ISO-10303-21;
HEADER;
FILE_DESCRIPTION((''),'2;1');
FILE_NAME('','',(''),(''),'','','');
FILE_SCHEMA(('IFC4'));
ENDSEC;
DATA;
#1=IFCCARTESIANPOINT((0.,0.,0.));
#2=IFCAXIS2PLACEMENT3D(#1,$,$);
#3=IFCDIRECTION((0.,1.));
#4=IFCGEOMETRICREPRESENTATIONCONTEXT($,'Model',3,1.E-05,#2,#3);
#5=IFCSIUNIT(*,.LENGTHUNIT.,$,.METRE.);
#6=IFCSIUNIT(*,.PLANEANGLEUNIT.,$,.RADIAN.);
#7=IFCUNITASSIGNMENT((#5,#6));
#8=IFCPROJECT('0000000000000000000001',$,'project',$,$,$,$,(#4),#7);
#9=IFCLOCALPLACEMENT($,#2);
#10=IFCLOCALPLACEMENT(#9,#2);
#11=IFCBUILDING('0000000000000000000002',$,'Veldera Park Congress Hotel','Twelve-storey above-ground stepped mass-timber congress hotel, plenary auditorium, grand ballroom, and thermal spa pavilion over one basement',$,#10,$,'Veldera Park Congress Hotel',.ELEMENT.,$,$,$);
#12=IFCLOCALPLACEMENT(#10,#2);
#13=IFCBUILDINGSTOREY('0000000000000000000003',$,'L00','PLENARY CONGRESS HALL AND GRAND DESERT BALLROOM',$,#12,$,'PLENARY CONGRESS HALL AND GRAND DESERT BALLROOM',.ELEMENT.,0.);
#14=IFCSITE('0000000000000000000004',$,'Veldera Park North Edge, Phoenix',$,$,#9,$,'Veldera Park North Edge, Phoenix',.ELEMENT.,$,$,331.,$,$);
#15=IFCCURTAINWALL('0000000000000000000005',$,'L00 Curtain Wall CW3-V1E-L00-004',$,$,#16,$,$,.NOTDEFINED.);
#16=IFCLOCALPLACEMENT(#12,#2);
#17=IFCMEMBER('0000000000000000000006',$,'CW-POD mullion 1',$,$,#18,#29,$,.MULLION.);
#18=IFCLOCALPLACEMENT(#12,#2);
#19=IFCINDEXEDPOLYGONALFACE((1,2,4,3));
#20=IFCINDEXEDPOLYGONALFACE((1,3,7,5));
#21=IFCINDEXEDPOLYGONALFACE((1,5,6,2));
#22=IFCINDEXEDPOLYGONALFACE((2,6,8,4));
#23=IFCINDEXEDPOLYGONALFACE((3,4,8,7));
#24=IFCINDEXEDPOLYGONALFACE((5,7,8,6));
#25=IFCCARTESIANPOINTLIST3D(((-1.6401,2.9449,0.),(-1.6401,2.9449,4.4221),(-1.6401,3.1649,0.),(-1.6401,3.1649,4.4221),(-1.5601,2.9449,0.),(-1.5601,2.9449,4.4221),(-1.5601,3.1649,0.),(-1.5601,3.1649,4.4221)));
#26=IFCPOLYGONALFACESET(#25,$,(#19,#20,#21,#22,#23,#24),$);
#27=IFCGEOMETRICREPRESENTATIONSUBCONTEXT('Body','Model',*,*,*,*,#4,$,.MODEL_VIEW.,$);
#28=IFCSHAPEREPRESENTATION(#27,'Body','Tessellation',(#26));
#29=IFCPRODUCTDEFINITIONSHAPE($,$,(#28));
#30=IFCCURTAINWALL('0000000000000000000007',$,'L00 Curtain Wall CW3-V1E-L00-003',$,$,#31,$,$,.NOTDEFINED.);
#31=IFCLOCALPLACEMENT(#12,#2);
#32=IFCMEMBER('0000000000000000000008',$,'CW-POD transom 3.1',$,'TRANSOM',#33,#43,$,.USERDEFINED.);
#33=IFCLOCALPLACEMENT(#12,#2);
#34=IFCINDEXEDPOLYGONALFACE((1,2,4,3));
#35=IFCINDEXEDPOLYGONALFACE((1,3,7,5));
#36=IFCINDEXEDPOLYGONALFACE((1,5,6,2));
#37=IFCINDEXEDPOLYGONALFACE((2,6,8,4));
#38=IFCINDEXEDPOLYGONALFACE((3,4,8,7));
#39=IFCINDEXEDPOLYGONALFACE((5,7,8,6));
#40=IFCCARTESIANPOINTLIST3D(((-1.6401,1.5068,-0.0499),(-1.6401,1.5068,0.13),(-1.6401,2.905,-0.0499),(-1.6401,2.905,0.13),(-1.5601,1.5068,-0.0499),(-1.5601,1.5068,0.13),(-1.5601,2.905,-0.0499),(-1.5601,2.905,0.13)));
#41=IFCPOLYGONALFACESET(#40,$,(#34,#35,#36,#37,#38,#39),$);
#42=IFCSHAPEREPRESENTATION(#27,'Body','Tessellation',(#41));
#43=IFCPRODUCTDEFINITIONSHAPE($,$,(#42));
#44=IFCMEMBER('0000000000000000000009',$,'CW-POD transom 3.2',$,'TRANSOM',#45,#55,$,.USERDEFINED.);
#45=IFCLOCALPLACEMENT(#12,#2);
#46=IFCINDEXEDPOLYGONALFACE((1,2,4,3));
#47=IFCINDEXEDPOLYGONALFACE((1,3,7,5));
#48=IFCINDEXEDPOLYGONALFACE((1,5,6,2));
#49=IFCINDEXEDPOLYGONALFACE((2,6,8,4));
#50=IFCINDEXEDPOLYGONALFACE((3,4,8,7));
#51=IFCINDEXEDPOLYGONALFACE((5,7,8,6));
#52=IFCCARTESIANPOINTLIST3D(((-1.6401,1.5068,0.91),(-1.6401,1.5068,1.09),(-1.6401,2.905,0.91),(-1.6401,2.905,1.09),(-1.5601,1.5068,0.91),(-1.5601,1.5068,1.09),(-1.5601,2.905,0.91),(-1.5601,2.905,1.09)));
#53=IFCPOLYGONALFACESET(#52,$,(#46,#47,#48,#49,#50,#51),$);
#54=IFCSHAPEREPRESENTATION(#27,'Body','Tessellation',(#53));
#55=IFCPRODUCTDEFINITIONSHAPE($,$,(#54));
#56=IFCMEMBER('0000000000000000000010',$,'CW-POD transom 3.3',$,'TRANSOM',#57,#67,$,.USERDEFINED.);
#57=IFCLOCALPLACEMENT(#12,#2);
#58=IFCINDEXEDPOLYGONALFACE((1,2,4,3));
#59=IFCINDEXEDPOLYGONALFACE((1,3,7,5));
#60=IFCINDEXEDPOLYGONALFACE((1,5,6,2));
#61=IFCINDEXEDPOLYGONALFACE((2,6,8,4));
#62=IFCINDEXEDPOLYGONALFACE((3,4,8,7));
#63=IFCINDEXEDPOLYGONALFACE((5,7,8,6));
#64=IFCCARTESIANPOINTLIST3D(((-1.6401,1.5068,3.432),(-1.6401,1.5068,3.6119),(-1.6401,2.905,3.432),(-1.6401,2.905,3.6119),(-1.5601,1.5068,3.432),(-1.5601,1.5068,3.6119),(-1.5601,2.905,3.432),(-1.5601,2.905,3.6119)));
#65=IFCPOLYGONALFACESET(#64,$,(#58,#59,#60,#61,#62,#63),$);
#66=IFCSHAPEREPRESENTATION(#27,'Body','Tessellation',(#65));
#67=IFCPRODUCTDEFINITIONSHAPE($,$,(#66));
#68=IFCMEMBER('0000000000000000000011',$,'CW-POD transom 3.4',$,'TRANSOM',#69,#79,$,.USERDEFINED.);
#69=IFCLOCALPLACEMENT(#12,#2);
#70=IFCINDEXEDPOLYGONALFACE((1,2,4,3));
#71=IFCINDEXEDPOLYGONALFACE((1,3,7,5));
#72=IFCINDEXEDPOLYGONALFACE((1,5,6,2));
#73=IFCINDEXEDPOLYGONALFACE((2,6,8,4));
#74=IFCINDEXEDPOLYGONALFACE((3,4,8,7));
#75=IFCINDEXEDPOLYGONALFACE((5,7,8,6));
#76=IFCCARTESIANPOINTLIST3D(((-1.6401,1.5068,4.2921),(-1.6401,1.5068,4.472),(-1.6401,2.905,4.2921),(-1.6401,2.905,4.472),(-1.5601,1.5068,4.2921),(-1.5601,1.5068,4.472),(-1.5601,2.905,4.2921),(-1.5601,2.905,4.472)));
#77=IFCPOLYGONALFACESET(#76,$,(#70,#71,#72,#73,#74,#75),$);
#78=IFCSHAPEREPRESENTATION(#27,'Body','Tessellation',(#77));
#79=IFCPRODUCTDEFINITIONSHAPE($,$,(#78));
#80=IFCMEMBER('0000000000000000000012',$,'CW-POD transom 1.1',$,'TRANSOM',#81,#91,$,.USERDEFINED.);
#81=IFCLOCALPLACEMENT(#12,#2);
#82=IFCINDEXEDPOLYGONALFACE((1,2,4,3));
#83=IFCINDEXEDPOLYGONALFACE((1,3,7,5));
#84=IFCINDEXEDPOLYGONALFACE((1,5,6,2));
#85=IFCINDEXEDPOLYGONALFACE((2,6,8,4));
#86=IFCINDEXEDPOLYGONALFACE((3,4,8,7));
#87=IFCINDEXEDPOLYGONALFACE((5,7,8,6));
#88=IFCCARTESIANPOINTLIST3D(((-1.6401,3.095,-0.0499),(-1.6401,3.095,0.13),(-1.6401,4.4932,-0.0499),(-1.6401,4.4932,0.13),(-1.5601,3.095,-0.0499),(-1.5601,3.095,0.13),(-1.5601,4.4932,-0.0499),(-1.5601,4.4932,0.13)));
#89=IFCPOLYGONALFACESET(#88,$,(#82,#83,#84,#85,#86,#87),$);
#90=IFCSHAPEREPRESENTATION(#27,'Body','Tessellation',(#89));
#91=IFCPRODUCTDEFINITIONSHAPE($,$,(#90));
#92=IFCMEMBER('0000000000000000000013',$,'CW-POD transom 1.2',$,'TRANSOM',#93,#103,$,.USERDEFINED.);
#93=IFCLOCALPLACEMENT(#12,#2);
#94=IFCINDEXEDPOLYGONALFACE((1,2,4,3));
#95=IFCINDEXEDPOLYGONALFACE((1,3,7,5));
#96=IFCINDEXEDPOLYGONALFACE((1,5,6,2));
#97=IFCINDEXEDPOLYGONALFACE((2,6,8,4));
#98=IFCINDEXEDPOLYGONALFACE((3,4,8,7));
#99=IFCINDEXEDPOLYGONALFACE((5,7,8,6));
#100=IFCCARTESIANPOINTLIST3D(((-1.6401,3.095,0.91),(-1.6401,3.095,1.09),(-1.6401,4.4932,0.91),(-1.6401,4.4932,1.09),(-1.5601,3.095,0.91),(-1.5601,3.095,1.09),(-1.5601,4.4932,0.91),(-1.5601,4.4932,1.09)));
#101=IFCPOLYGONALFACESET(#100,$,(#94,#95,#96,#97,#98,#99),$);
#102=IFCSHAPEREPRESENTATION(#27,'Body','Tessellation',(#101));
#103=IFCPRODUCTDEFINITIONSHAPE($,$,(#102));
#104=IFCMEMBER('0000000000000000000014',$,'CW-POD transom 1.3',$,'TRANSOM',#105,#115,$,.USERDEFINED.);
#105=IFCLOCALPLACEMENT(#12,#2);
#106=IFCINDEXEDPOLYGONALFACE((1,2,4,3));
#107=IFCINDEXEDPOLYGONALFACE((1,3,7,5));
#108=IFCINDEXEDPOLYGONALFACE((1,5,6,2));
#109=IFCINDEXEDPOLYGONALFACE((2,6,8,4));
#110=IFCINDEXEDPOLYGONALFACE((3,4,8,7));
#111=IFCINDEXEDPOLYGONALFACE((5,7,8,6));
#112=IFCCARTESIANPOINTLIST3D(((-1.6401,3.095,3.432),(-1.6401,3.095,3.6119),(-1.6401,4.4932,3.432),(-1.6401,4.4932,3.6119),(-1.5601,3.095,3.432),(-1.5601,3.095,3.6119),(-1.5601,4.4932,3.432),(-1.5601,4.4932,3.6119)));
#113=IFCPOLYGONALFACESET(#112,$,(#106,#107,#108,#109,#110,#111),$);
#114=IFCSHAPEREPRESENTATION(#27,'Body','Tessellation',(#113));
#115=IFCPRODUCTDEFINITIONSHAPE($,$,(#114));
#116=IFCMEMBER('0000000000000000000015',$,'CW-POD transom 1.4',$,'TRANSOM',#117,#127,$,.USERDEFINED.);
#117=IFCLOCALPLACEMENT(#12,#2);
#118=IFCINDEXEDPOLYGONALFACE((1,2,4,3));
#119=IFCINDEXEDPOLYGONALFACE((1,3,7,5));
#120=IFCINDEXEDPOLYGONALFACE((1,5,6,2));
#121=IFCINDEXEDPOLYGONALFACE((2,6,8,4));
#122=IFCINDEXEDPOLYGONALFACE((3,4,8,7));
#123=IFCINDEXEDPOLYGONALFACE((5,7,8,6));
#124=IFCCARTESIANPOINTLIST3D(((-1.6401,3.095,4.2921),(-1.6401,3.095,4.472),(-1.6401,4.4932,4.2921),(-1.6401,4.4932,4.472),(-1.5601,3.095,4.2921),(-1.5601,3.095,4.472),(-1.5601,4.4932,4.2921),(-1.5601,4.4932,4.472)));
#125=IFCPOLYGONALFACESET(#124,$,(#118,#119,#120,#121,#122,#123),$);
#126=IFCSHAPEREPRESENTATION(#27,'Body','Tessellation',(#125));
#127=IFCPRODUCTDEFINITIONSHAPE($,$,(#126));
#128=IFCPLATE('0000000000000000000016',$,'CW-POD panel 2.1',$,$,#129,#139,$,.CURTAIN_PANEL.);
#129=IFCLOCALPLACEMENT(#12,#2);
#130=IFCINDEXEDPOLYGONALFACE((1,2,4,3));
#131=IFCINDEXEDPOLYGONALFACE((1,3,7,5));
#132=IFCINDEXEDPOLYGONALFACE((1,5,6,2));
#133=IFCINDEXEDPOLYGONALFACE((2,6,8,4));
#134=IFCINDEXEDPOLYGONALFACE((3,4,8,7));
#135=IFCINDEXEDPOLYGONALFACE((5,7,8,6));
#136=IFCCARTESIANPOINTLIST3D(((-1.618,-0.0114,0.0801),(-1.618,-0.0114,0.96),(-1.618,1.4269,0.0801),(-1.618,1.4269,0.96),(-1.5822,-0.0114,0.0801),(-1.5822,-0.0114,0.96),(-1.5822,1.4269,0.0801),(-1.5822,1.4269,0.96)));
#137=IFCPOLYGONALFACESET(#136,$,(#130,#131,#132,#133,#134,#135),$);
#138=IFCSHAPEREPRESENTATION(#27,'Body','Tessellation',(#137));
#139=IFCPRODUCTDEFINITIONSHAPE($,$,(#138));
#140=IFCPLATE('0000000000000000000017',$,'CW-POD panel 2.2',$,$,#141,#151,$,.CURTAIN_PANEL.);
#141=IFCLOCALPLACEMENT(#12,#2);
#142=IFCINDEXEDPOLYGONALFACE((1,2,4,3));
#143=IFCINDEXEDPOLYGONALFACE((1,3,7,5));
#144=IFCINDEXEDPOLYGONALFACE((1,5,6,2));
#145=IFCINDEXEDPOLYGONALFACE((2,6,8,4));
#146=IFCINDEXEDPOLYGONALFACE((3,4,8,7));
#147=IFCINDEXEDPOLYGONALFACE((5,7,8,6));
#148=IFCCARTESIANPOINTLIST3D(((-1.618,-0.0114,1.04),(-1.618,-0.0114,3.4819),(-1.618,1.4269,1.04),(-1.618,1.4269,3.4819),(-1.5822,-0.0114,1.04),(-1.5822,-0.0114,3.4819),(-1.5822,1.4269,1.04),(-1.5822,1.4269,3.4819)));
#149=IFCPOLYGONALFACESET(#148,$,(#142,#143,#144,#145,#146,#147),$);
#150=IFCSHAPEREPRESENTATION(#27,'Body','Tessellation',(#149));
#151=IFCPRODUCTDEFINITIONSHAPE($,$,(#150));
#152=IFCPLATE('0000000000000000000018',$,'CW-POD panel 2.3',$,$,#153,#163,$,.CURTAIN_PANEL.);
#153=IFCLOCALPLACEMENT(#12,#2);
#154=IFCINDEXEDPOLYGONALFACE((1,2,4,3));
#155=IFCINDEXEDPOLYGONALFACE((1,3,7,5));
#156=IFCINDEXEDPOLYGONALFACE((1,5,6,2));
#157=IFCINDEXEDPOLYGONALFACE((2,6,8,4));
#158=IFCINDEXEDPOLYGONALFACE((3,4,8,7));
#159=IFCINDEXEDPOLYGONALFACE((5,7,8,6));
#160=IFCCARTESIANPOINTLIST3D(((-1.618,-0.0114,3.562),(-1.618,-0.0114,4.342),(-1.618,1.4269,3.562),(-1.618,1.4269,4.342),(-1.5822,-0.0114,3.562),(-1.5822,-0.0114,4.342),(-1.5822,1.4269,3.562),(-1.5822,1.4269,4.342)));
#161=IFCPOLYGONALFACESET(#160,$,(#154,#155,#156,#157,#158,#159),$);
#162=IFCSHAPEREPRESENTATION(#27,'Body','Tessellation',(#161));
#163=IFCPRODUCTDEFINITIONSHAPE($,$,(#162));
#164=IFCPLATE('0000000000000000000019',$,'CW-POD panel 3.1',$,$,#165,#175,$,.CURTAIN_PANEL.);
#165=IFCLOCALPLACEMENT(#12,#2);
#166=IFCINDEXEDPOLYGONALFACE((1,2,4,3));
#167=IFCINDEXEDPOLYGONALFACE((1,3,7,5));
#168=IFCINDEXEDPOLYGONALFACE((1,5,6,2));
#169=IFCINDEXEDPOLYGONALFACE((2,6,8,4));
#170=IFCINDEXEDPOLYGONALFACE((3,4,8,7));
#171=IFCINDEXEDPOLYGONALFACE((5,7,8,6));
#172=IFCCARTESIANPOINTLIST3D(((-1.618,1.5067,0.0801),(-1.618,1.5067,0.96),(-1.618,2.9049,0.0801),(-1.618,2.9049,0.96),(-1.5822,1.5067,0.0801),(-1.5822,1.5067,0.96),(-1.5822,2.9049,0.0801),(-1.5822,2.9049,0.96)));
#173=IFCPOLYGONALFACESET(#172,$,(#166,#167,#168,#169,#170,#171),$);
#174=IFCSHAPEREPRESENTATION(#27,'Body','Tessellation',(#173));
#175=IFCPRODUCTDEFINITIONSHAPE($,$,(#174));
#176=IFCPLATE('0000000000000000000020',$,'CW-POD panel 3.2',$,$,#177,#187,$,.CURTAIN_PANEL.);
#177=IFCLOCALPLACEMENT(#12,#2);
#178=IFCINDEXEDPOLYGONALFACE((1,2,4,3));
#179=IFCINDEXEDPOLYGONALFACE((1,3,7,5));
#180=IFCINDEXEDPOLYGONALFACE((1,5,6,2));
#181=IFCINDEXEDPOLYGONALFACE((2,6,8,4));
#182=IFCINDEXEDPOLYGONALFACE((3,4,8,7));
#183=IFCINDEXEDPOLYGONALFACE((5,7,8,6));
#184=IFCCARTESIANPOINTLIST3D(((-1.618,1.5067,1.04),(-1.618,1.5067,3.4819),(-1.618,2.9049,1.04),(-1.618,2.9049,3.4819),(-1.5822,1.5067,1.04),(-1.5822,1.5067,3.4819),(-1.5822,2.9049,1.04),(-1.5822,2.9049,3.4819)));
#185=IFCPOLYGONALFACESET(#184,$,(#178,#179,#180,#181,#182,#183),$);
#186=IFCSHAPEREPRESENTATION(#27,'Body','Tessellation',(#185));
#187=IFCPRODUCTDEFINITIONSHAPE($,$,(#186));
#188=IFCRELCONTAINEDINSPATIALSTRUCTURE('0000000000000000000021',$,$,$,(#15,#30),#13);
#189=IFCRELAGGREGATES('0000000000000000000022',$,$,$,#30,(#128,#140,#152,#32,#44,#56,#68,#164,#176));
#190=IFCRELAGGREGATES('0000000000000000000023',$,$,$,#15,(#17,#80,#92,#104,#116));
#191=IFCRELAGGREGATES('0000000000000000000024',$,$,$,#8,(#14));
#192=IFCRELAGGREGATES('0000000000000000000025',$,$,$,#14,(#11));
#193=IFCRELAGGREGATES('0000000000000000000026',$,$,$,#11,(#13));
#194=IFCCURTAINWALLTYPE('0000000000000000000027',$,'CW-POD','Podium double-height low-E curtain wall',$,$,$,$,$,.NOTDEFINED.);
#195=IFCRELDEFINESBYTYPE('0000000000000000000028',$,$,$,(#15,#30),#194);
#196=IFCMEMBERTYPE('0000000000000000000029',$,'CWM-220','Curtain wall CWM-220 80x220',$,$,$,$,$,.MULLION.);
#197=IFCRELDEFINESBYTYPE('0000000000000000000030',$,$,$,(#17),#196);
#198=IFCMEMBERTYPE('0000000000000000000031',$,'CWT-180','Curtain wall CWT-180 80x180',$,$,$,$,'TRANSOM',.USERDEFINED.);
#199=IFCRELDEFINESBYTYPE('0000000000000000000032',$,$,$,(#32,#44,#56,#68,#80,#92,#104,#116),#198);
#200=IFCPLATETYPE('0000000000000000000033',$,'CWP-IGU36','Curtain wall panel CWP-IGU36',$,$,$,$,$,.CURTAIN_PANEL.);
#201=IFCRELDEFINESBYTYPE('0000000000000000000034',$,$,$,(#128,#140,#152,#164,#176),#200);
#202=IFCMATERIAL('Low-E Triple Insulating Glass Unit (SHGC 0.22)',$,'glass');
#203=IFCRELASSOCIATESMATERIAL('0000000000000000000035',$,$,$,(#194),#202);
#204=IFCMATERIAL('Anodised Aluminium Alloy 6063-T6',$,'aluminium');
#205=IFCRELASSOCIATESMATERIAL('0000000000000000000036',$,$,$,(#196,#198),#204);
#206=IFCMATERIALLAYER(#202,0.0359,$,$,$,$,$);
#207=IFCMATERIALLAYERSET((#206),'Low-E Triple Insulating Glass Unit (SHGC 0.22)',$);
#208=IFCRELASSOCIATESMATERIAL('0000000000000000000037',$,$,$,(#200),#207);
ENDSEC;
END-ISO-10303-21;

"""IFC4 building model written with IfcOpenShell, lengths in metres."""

from ifc_helpers import new_model, si_unit, direction, frame, origin, origin_2d, place, context, subcontext, project, spatial, rectangle, extrude, material, layer, layer_set, material_profile, profile_set, type_object, element, aggregate, save


model = new_model("IFC4")

# Units and contexts
model_context = context("Model", 3, precision=1e-05, world=origin(), true_north=direction((0.0, 1.0)))
body_context = subcontext(model_context, "Body", "Model", "MODEL_VIEW")
ifc_project = project(units=[si_unit("LENGTHUNIT", "METRE"), si_unit("PLANEANGLEUNIT", "RADIAN")], contexts=[model_context])

# Site, building, storey
site_placement = place(None, origin())
site = spatial("IfcSite", under=ifc_project, at=site_placement, Name="Veldera Park North Edge, Phoenix", LongName="Veldera Park North Edge, Phoenix", CompositionType="ELEMENT", RefElevation=331.0)
building_placement = place(site_placement, origin())
building = spatial("IfcBuilding", under=site, at=building_placement, Name="Veldera Park Congress Hotel", Description="Twelve-storey above-ground stepped mass-timber congress hotel, plenary auditorium, grand ballroom, and thermal spa pavilion over one basement", LongName="Veldera Park Congress Hotel", CompositionType="ELEMENT")
storey_placement = place(building_placement, origin())
storey = spatial("IfcBuildingStorey", under=building, at=storey_placement, Name="L00", Description="PLENARY CONGRESS HALL AND GRAND DESERT BALLROOM", LongName="PLENARY CONGRESS HALL AND GRAND DESERT BALLROOM", CompositionType="ELEMENT", Elevation=0.0)

# Curtain wall, member
ifc_material_1 = material(Name="Low-E Triple Insulating Glass Unit (SHGC 0.22)", Category="glass")
curtain_wall_type = type_object("IfcCurtainWallType", Name="CW-POD", Description="Podium double-height low-E curtain wall", PredefinedType="NOTDEFINED", material=ifc_material_1)
curtain_wall_1_placement = place(storey_placement, origin())
curtain_wall_1 = element("IfcCurtainWall", 1, at=curtain_wall_1_placement, inside=storey, type_object=curtain_wall_type, Name="L00 Curtain Wall CW3-V1E-L00-004", PredefinedType="NOTDEFINED")
ifc_material_2 = material(Name="Anodised Aluminium Alloy 6063-T6", Category="aluminium")
ifc_material_profile_1 = material_profile(ifc_material_2, rectangle(XDim=0.0801, YDim=0.22, at=origin_2d()), Name="ALU 80x220")
ifc_profile_set_1 = profile_set([ifc_material_profile_1], Name="Anodised Aluminium Alloy 6063-T6")
member_type_1 = type_object("IfcMemberType", Name="CWM-220", Description="Curtain wall CWM-220 80x220", PredefinedType="MULLION", material=ifc_profile_set_1)
member_1_placement = place(storey_placement, frame((-1.6001, 3.0549, 0.0), z_axis=(0.0, 0.0, 1.0), x_axis=(-1.0, 0.0, 0.0)))
member_1 = element("IfcMember", 2, at=member_1_placement, type_object=member_type_1, Name="CW-POD mullion 1", PredefinedType="MULLION", context=body_context, shape_type="SweptSolid", body=[
    extrude(rectangle(XDim=0.0801, YDim=0.22, at=origin_2d()), origin(), (0.0, 0.0, 1.0), 4.4221),
])

# Curtain wall, members
curtain_wall_2_placement = place(storey_placement, origin())
curtain_wall_2 = element("IfcCurtainWall", 3, at=curtain_wall_2_placement, inside=storey, type_object=curtain_wall_type, Name="L00 Curtain Wall CW3-V1E-L00-003", PredefinedType="NOTDEFINED")
ifc_material_profile_2 = material_profile(ifc_material_2, rectangle(XDim=0.0801, YDim=0.1799, at=origin_2d()), Name="ALU 80x180")
ifc_profile_set_2 = profile_set([ifc_material_profile_2], Name="Anodised Aluminium Alloy 6063-T6")
member_type_2 = type_object("IfcMemberType", Name="CWT-180", Description="Curtain wall CWT-180 80x180", ElementType="TRANSOM", PredefinedType="USERDEFINED", material=ifc_profile_set_2)
member_2_placement = place(storey_placement, frame((-1.6001, 1.5068, 0.04), z_axis=(0.0, 1.0, 0.0), x_axis=(-1.0, 0.0, 0.0)))
member_2 = element("IfcMember", 4, at=member_2_placement, type_object=member_type_2, Name="CW-POD transom 3.1", ObjectType="TRANSOM", PredefinedType="USERDEFINED", context=body_context, shape_type="SweptSolid", body=[
    extrude(rectangle(XDim=0.0801, YDim=0.1799, at=origin_2d()), origin(), (0.0, 0.0, 1.0), 1.3982),
])
member_3_placement = place(storey_placement, frame((-1.6001, 1.5068, 1.0), z_axis=(0.0, 1.0, 0.0), x_axis=(-1.0, 0.0, 0.0)))
member_3 = element("IfcMember", 5, at=member_3_placement, type_object=member_type_2, Name="CW-POD transom 3.2", ObjectType="TRANSOM", PredefinedType="USERDEFINED", context=body_context, shape_type="SweptSolid", body=[
    extrude(rectangle(XDim=0.0801, YDim=0.1799, at=origin_2d()), origin(), (0.0, 0.0, 1.0), 1.3982),
])
member_4_placement = place(storey_placement, frame((-1.6001, 1.5068, 3.522), z_axis=(0.0, 1.0, 0.0), x_axis=(-1.0, 0.0, 0.0)))
member_4 = element("IfcMember", 6, at=member_4_placement, type_object=member_type_2, Name="CW-POD transom 3.3", ObjectType="TRANSOM", PredefinedType="USERDEFINED", context=body_context, shape_type="SweptSolid", body=[
    extrude(rectangle(XDim=0.0801, YDim=0.1799, at=origin_2d()), origin(), (0.0, 0.0, 1.0), 1.3982),
])
member_5_placement = place(storey_placement, frame((-1.6001, 1.5068, 4.3821), z_axis=(0.0, 1.0, 0.0), x_axis=(-1.0, 0.0, 0.0)))
member_5 = element("IfcMember", 7, at=member_5_placement, type_object=member_type_2, Name="CW-POD transom 3.4", ObjectType="TRANSOM", PredefinedType="USERDEFINED", context=body_context, shape_type="SweptSolid", body=[
    extrude(rectangle(XDim=0.0801, YDim=0.1799, at=origin_2d()), origin(), (0.0, 0.0, 1.0), 1.3982),
])

# Members
member_6_placement = place(storey_placement, frame((-1.6001, 3.095, 0.04), z_axis=(0.0, 1.0, 0.0), x_axis=(-1.0, 0.0, 0.0)))
member_6 = element("IfcMember", 8, at=member_6_placement, type_object=member_type_2, Name="CW-POD transom 1.1", ObjectType="TRANSOM", PredefinedType="USERDEFINED", context=body_context, shape_type="SweptSolid", body=[
    extrude(rectangle(XDim=0.0801, YDim=0.1799, at=origin_2d()), origin(), (0.0, 0.0, 1.0), 1.3982),
])
member_7_placement = place(storey_placement, frame((-1.6001, 3.095, 1.0), z_axis=(0.0, 1.0, 0.0), x_axis=(-1.0, 0.0, 0.0)))
member_7 = element("IfcMember", 9, at=member_7_placement, type_object=member_type_2, Name="CW-POD transom 1.2", ObjectType="TRANSOM", PredefinedType="USERDEFINED", context=body_context, shape_type="SweptSolid", body=[
    extrude(rectangle(XDim=0.0801, YDim=0.1799, at=origin_2d()), origin(), (0.0, 0.0, 1.0), 1.3982),
])
member_8_placement = place(storey_placement, frame((-1.6001, 3.095, 3.522), z_axis=(0.0, 1.0, 0.0), x_axis=(-1.0, 0.0, 0.0)))
member_8 = element("IfcMember", 10, at=member_8_placement, type_object=member_type_2, Name="CW-POD transom 1.3", ObjectType="TRANSOM", PredefinedType="USERDEFINED", context=body_context, shape_type="SweptSolid", body=[
    extrude(rectangle(XDim=0.0801, YDim=0.1799, at=origin_2d()), origin(), (0.0, 0.0, 1.0), 1.3982),
])
member_9_placement = place(storey_placement, frame((-1.6001, 3.095, 4.3821), z_axis=(0.0, 1.0, 0.0), x_axis=(-1.0, 0.0, 0.0)))
member_9 = element("IfcMember", 11, at=member_9_placement, type_object=member_type_2, Name="CW-POD transom 1.4", ObjectType="TRANSOM", PredefinedType="USERDEFINED", context=body_context, shape_type="SweptSolid", body=[
    extrude(rectangle(XDim=0.0801, YDim=0.1799, at=origin_2d()), origin(), (0.0, 0.0, 1.0), 1.3982),
])

# Plates
ifc_layer_1 = layer(ifc_material_1, 0.0359)
ifc_layer_set_1 = layer_set([ifc_layer_1], Name="Low-E Triple Insulating Glass Unit (SHGC 0.22)")
plate_type = type_object("IfcPlateType", Name="CWP-IGU36", Description="Curtain wall panel CWP-IGU36", PredefinedType="CURTAIN_PANEL", material=ifc_layer_set_1)
plate_1_placement = place(storey_placement, frame((-1.6001, 0.7078, 0.0801), z_axis=(0.0, 0.0, 1.0), x_axis=(0.0, 1.0, 0.0)))
plate_1 = element("IfcPlate", 12, at=plate_1_placement, type_object=plate_type, Name="CW-POD panel 2.1", PredefinedType="CURTAIN_PANEL", context=body_context, shape_type="SweptSolid", body=[
    extrude(rectangle(XDim=1.4382, YDim=0.0359, at=origin_2d()), origin(), (0.0, 0.0, 1.0), 0.8799),
])
plate_2_placement = place(storey_placement, frame((-1.6001, 0.7078, 1.04), z_axis=(0.0, 0.0, 1.0), x_axis=(0.0, 1.0, 0.0)))
plate_2 = element("IfcPlate", 13, at=plate_2_placement, type_object=plate_type, Name="CW-POD panel 2.2", PredefinedType="CURTAIN_PANEL", context=body_context, shape_type="SweptSolid", body=[
    extrude(rectangle(XDim=1.4382, YDim=0.0359, at=origin_2d()), origin(), (0.0, 0.0, 1.0), 2.4419),
])
plate_3_placement = place(storey_placement, frame((-1.6001, 0.7078, 3.562), z_axis=(0.0, 0.0, 1.0), x_axis=(0.0, 1.0, 0.0)))
plate_3 = element("IfcPlate", 14, at=plate_3_placement, type_object=plate_type, Name="CW-POD panel 2.3", PredefinedType="CURTAIN_PANEL", context=body_context, shape_type="SweptSolid", body=[
    extrude(rectangle(XDim=1.4382, YDim=0.0359, at=origin_2d()), origin(), (0.0, 0.0, 1.0), 0.78),
])
plate_4_placement = place(storey_placement, frame((-1.6001, 2.2058, 0.0801), z_axis=(0.0, 0.0, 1.0), x_axis=(0.0, 1.0, 0.0)))
plate_4 = element("IfcPlate", 15, at=plate_4_placement, type_object=plate_type, Name="CW-POD panel 3.1", PredefinedType="CURTAIN_PANEL", context=body_context, shape_type="SweptSolid", body=[
    extrude(rectangle(XDim=1.3982, YDim=0.0359, at=origin_2d()), origin(), (0.0, 0.0, 1.0), 0.8799),
])
plate_5_placement = place(storey_placement, frame((-1.6001, 2.2058, 1.04), z_axis=(0.0, 0.0, 1.0), x_axis=(0.0, 1.0, 0.0)))
plate_5 = element("IfcPlate", 16, at=plate_5_placement, type_object=plate_type, Name="CW-POD panel 3.2", PredefinedType="CURTAIN_PANEL", context=body_context, shape_type="SweptSolid", body=[
    extrude(rectangle(XDim=1.3982, YDim=0.0359, at=origin_2d()), origin(), (0.0, 0.0, 1.0), 2.4419),
])
aggregate(curtain_wall_2, [plate_1, plate_2, plate_3, member_2, member_3, member_4, member_5, plate_4, plate_5])
aggregate(curtain_wall_1, [member_1, member_6, member_7, member_8, member_9])

save(model, "model.ifc")
